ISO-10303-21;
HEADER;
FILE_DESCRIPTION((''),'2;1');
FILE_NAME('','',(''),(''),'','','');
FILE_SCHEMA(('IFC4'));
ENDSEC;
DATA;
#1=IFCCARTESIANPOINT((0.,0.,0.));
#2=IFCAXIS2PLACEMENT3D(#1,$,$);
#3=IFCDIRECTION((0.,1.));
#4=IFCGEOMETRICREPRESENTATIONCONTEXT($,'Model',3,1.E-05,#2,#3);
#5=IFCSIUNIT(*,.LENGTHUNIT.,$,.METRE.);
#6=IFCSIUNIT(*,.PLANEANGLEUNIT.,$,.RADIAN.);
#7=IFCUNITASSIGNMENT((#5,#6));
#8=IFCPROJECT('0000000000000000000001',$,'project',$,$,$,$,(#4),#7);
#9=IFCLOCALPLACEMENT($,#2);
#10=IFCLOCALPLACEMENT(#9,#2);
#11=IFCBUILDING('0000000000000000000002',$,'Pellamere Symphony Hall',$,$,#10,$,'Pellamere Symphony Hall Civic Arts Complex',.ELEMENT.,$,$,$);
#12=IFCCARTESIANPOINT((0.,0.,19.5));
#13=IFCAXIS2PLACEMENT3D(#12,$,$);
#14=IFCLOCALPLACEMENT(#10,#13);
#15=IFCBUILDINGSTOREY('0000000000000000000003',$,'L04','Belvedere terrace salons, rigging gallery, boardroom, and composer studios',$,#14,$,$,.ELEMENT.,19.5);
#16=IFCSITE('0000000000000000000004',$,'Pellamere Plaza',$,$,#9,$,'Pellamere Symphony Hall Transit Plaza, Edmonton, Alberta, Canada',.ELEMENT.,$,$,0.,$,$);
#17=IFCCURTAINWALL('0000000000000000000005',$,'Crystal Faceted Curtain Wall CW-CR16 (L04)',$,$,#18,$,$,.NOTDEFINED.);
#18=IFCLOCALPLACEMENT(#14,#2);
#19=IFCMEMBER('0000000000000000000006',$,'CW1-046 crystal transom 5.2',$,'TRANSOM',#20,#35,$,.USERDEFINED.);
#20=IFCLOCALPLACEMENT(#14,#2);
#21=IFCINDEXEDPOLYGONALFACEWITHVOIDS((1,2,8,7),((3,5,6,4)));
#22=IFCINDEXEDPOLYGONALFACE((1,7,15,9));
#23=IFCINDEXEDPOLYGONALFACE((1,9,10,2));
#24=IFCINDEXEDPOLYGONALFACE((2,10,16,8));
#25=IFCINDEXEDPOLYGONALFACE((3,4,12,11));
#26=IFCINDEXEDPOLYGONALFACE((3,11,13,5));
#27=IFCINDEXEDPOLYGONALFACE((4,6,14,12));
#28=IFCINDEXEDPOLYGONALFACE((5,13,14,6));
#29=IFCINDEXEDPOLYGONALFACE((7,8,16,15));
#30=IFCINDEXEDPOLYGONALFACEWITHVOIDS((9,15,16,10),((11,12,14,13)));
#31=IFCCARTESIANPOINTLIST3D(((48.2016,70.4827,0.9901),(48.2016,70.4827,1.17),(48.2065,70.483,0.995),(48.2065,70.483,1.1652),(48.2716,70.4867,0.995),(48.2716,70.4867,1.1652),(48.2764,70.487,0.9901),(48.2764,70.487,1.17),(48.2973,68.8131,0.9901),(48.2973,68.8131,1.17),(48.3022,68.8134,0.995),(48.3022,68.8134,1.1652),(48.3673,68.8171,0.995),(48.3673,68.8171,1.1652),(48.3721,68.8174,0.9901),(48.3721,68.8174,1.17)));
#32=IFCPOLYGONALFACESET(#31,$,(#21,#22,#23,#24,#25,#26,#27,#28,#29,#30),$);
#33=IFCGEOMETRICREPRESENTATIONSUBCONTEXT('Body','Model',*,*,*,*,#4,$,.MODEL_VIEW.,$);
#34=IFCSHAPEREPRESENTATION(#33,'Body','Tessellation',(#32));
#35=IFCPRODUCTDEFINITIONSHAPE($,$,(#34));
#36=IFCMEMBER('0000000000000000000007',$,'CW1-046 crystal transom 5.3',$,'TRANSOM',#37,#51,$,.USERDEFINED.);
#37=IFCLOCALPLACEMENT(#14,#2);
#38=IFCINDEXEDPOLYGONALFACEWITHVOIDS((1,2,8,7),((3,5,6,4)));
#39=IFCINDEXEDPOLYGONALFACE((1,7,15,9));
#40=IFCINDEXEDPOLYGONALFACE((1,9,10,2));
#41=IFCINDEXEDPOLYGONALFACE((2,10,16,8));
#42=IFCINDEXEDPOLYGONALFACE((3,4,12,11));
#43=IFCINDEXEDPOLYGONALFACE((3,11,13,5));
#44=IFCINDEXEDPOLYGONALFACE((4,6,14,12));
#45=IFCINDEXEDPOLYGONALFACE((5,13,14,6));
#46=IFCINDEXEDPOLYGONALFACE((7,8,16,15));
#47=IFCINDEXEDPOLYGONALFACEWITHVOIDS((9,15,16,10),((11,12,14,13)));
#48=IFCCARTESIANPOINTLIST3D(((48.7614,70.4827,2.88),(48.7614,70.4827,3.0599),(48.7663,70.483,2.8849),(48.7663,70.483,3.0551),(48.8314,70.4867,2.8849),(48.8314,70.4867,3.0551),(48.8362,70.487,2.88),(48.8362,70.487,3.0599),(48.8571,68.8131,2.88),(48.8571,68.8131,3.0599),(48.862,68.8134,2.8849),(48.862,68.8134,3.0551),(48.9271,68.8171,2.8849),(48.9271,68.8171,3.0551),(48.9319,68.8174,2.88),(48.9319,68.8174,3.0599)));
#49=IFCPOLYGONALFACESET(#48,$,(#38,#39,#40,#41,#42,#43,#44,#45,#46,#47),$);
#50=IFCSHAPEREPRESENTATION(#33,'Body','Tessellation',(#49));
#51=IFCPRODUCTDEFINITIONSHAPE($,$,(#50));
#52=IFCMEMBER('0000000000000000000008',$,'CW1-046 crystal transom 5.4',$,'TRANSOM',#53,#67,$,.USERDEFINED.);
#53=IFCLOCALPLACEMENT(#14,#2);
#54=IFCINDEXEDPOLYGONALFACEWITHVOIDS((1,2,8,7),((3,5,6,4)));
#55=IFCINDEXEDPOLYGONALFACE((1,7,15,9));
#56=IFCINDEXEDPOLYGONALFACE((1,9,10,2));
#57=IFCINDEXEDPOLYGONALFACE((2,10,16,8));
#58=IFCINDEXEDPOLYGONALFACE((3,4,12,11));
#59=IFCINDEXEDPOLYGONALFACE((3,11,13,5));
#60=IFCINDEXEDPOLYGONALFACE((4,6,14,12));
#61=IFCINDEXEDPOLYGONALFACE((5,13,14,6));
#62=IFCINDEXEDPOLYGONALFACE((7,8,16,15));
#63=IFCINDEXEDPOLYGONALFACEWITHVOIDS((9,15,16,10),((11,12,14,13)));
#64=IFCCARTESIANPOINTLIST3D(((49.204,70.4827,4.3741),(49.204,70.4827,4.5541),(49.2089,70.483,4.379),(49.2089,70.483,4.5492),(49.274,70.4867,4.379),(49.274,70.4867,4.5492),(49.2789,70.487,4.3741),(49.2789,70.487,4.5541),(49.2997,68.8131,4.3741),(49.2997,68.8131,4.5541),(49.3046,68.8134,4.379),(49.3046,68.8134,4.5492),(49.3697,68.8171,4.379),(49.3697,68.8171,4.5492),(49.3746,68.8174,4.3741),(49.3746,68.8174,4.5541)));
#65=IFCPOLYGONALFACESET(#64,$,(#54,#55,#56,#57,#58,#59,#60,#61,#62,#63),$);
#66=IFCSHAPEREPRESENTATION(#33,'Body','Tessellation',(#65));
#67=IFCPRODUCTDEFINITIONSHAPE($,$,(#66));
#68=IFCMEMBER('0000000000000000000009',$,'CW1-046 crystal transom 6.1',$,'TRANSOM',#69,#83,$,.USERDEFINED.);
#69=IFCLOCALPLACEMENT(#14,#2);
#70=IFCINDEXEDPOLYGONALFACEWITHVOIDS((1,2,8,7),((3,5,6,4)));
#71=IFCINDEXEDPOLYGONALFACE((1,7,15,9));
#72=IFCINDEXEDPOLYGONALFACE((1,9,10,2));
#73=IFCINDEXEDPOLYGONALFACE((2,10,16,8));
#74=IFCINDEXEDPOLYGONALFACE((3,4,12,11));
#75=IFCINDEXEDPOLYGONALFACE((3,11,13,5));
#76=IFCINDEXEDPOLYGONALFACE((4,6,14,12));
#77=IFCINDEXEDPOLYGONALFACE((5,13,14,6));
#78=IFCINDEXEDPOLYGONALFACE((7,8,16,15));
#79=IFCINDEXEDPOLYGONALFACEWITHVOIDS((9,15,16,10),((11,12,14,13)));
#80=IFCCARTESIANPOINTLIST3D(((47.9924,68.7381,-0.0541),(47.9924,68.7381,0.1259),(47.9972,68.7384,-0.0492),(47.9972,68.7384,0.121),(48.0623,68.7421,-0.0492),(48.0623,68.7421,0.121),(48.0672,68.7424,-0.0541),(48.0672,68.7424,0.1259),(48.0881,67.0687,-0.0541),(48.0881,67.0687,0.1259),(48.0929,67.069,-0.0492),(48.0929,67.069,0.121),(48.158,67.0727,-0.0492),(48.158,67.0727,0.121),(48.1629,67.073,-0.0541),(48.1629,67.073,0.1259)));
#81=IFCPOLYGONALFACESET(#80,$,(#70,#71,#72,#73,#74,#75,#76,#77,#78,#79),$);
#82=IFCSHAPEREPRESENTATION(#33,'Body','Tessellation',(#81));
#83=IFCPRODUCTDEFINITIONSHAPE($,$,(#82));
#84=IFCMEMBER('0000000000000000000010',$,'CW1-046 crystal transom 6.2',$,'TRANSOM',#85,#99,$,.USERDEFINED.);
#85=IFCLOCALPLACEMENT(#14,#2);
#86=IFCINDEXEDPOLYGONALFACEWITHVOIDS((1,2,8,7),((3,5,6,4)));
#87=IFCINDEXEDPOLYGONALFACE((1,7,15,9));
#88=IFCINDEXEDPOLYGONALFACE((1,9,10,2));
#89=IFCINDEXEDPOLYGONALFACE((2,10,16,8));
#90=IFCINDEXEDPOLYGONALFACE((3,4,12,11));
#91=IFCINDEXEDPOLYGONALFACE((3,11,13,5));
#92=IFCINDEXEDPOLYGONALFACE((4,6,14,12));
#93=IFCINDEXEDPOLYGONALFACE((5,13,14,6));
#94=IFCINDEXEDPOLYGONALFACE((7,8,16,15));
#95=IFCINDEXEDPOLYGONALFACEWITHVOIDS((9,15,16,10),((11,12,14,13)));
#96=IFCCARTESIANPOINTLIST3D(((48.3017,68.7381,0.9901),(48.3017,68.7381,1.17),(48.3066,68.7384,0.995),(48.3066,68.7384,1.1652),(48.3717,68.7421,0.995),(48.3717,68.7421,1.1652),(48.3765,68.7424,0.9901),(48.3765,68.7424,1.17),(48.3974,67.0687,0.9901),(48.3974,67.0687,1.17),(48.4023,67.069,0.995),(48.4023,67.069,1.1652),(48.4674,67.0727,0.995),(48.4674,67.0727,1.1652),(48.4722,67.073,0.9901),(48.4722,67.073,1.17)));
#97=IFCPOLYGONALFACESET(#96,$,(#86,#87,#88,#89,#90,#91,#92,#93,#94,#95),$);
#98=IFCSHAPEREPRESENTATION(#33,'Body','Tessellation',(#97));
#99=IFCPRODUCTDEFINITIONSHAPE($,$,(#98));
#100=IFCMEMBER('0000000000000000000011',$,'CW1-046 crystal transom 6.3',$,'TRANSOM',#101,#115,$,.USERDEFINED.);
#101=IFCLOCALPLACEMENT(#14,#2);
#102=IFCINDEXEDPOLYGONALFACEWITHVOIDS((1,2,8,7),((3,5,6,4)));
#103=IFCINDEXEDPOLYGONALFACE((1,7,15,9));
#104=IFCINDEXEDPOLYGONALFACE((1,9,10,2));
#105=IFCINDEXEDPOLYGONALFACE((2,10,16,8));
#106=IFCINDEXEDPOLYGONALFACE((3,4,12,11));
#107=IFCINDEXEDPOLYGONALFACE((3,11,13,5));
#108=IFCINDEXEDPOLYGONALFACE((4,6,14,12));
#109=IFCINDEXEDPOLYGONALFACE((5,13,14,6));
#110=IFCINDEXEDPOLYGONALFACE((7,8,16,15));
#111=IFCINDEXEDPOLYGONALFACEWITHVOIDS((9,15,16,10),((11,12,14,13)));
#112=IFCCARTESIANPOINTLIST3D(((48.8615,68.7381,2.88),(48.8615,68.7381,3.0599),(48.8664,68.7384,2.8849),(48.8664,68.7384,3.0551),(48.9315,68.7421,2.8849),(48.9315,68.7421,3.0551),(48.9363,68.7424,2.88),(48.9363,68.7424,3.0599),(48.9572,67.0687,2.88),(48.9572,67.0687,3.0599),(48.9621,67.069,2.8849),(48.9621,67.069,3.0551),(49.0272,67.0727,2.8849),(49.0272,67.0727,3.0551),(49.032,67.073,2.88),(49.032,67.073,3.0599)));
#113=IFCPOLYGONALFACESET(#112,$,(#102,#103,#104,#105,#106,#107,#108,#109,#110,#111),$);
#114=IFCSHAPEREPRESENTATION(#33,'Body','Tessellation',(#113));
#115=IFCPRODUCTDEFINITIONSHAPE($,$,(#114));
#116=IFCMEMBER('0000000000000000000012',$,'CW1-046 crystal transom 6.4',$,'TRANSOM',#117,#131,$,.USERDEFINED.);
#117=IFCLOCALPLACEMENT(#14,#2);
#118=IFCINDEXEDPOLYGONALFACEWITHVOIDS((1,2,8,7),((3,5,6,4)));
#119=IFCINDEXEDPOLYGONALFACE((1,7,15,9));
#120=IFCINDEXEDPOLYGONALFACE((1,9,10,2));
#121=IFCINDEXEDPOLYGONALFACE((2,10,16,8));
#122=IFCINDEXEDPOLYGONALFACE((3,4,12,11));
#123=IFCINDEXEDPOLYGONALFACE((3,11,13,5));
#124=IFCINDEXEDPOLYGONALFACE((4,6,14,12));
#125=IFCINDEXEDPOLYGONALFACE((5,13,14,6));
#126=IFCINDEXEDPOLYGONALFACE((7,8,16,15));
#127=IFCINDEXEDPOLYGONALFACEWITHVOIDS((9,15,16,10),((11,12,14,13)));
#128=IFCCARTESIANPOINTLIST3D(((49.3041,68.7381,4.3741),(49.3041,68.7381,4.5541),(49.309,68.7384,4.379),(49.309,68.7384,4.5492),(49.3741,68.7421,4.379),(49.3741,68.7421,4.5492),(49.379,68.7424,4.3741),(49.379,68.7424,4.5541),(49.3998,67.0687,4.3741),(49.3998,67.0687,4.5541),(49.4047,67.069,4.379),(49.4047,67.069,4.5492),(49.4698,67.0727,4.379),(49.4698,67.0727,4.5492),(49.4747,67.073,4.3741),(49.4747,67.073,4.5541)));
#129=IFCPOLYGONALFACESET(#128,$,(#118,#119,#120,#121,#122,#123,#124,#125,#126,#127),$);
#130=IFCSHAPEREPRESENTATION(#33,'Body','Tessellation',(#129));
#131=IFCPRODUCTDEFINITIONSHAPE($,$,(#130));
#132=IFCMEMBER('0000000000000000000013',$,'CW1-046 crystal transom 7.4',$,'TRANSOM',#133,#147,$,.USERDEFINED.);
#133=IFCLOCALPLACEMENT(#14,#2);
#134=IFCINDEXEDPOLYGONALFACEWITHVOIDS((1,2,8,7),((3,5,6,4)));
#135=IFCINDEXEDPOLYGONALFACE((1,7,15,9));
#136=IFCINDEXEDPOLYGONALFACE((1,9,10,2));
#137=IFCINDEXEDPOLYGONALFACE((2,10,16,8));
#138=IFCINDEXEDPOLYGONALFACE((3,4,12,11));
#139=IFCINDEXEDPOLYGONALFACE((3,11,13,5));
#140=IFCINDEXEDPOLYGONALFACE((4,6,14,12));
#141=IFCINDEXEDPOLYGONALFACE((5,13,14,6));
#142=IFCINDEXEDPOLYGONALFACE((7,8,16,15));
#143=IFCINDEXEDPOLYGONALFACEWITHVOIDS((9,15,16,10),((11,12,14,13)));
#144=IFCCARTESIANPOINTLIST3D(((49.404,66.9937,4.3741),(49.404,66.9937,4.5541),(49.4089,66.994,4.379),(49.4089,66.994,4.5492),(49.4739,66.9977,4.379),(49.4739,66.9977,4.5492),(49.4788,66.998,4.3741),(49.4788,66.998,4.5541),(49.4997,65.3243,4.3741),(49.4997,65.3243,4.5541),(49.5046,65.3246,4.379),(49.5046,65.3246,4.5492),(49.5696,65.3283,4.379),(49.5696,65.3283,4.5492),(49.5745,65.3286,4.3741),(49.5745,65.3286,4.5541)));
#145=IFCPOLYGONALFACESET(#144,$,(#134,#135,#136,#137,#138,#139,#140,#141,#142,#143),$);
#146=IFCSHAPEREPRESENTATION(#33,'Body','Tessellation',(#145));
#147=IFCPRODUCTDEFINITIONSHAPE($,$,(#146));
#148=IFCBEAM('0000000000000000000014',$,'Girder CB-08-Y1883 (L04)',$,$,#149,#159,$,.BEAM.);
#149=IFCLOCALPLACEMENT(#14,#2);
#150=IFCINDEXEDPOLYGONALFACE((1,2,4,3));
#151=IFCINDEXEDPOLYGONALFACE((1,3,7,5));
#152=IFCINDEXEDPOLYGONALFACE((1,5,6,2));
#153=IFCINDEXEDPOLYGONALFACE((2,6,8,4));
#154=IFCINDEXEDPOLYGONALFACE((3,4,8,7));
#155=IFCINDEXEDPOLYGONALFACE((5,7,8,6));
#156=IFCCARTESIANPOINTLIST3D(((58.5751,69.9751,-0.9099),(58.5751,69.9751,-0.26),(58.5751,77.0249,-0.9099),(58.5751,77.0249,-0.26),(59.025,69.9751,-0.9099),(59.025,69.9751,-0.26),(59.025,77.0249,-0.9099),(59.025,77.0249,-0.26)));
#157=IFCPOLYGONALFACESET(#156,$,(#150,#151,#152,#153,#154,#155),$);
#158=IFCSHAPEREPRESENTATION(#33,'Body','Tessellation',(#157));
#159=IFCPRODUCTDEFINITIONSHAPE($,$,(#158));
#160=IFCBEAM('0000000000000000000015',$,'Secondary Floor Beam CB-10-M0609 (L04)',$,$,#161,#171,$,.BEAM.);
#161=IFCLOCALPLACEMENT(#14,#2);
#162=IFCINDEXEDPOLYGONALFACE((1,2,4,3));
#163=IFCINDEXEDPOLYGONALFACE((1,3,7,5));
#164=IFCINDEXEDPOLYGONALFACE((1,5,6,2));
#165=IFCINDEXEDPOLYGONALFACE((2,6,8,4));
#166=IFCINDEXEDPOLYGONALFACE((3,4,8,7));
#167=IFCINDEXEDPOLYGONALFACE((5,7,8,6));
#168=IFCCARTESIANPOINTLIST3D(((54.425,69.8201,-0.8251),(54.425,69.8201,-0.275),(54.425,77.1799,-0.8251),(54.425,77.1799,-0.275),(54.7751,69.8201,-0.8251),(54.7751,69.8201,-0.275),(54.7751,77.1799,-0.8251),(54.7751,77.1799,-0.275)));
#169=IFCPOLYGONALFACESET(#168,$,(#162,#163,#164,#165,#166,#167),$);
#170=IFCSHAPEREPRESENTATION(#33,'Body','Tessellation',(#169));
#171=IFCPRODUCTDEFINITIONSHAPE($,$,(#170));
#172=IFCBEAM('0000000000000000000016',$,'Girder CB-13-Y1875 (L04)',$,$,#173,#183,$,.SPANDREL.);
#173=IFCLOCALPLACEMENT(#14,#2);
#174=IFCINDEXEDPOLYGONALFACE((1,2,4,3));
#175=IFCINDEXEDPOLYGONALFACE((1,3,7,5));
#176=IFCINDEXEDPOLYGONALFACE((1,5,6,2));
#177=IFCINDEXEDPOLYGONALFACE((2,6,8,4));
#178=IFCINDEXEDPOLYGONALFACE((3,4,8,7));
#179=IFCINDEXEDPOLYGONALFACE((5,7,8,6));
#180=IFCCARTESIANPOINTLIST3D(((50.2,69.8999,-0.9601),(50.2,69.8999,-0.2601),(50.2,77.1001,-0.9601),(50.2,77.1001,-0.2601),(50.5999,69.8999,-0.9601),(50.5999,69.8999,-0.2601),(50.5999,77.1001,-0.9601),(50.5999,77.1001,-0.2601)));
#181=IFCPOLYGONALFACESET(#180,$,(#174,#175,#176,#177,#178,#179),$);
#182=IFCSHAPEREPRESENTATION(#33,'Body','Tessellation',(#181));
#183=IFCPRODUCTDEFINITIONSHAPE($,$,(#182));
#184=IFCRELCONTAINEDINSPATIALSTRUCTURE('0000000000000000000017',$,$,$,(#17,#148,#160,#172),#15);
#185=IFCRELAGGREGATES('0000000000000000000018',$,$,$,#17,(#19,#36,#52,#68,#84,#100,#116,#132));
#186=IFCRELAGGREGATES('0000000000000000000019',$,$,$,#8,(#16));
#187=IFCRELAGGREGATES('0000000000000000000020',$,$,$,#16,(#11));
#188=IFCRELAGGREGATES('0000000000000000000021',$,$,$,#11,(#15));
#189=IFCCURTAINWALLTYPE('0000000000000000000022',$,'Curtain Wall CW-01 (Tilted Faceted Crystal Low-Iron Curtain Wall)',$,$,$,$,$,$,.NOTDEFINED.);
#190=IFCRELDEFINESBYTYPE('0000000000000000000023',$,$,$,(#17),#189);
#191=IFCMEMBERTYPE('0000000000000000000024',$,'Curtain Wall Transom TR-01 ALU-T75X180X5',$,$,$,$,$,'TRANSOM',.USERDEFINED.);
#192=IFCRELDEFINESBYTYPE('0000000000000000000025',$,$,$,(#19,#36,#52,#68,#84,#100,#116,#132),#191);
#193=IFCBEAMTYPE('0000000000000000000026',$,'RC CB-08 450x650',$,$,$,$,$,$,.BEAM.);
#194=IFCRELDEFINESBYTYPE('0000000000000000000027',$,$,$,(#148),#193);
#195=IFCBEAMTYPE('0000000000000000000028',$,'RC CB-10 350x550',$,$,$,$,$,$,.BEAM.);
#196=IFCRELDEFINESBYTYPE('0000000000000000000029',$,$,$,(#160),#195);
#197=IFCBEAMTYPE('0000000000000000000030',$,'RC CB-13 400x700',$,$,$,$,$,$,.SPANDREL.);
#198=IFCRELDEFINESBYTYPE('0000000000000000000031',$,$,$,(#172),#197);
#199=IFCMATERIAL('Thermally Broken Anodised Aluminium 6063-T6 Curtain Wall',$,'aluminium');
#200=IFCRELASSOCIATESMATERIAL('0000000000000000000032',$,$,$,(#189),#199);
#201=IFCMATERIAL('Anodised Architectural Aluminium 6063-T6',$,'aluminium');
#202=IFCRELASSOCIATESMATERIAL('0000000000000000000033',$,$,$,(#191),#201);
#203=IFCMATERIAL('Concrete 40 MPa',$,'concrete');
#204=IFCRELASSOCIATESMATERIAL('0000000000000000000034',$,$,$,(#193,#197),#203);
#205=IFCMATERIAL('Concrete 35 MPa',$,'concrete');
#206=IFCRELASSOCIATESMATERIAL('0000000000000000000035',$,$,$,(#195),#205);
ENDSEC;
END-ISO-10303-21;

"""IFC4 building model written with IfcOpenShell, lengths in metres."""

from ifc_helpers import new_model, si_unit, direction, frame, origin, origin_2d, place, context, subcontext, project, spatial, rectangle, hollow_rectangle, extrude, material, material_profile, profile_set, type_object, element, aggregate, save


model = new_model("IFC4")

# Units and contexts
model_context = context("Model", 3, precision=1e-05, world=origin(), true_north=direction((0.0, 1.0)))
body_context = subcontext(model_context, "Body", "Model", "MODEL_VIEW")
ifc_project = project(units=[si_unit("LENGTHUNIT", "METRE"), si_unit("PLANEANGLEUNIT", "RADIAN")], contexts=[model_context])

# Site, building, storey
site_placement = place(None, origin())
site = spatial("IfcSite", under=ifc_project, at=site_placement, Name="Pellamere Plaza", LongName="Pellamere Symphony Hall Transit Plaza, Edmonton, Alberta, Canada", CompositionType="ELEMENT", RefElevation=0.0)
building_placement = place(site_placement, origin())
building = spatial("IfcBuilding", under=site, at=building_placement, Name="Pellamere Symphony Hall", LongName="Pellamere Symphony Hall Civic Arts Complex", CompositionType="ELEMENT")
storey_placement = place(building_placement, frame((0.0, 0.0, 19.5)))
storey = spatial("IfcBuildingStorey", under=building, at=storey_placement, Name="L04", Description="Belvedere terrace salons, rigging gallery, boardroom, and composer studios", CompositionType="ELEMENT", Elevation=19.5)

# Shared definitions
ifc_material_1 = material(Name="Concrete 40 MPa", Category="concrete")
ifc_material_2 = material(Name="Concrete 35 MPa", Category="concrete")

# Curtain wall, members
ifc_material_3 = material(Name="Thermally Broken Anodised Aluminium 6063-T6 Curtain Wall", Category="aluminium")
curtain_wall_type = type_object("IfcCurtainWallType", Name="Curtain Wall CW-01 (Tilted Faceted Crystal Low-Iron Curtain Wall)", PredefinedType="NOTDEFINED", material=ifc_material_3)
curtain_wall_placement = place(storey_placement, origin())
curtain_wall = element("IfcCurtainWall", 1, at=curtain_wall_placement, inside=storey, type_object=curtain_wall_type, Name="Crystal Faceted Curtain Wall CW-CR16 (L04)", PredefinedType="NOTDEFINED")
ifc_material_4 = material(Name="Anodised Architectural Aluminium 6063-T6", Category="aluminium")
ifc_material_profile_1 = material_profile(ifc_material_4, hollow_rectangle(XDim=0.075, YDim=0.1799, WallThickness=0.0049, at=origin_2d()), Name="ALU-T75X180X5")
ifc_profile_set_1 = profile_set([ifc_material_profile_1], Name="Anodised Architectural Aluminium 6063-T6")
member_type_1 = type_object("IfcMemberType", Name="Curtain Wall Transom TR-01 ALU-T75X180X5", ElementType="TRANSOM", PredefinedType="USERDEFINED", material=ifc_profile_set_1)
member_1_placement = place(storey_placement, frame((48.239, 70.4849, 1.0801), z_axis=(0.057224, -0.998361, 0.0), x_axis=(0.998361, 0.057224, 0.0)))
member_1 = element("IfcMember", 2, at=member_1_placement, type_object=member_type_1, Name="CW1-046 crystal transom 5.2", ObjectType="TRANSOM", PredefinedType="USERDEFINED", context=body_context, shape_type="SweptSolid", body=[
    extrude(hollow_rectangle(XDim=0.075, YDim=0.1799, WallThickness=0.0049, at=origin_2d()), origin(), (0.0, 0.0, 1.0), 1.6724),
])
member_2_placement = place(storey_placement, frame((48.7988, 70.4849, 2.97), z_axis=(0.057224, -0.998361, 0.0), x_axis=(0.998361, 0.057224, 0.0)))
member_2 = element("IfcMember", 3, at=member_2_placement, type_object=member_type_1, Name="CW1-046 crystal transom 5.3", ObjectType="TRANSOM", PredefinedType="USERDEFINED", context=body_context, shape_type="SweptSolid", body=[
    extrude(hollow_rectangle(XDim=0.075, YDim=0.1799, WallThickness=0.0049, at=origin_2d()), origin(), (0.0, 0.0, 1.0), 1.6724),
])
member_3_placement = place(storey_placement, frame((49.2415, 70.4849, 4.4641), z_axis=(0.057224, -0.998361, 0.0), x_axis=(0.998361, 0.057224, 0.0)))
member_3 = element("IfcMember", 4, at=member_3_placement, type_object=member_type_1, Name="CW1-046 crystal transom 5.4", ObjectType="TRANSOM", PredefinedType="USERDEFINED", context=body_context, shape_type="SweptSolid", body=[
    extrude(hollow_rectangle(XDim=0.075, YDim=0.1799, WallThickness=0.0049, at=origin_2d()), origin(), (0.0, 0.0, 1.0), 1.6724),
])
member_4_placement = place(storey_placement, frame((48.0298, 68.7402, 0.0359), z_axis=(0.057233, -0.998361, 0.0), x_axis=(0.998361, 0.057233, 0.0)))
member_4 = element("IfcMember", 5, at=member_4_placement, type_object=member_type_1, Name="CW1-046 crystal transom 6.1", ObjectType="TRANSOM", PredefinedType="USERDEFINED", context=body_context, shape_type="SweptSolid", body=[
    extrude(hollow_rectangle(XDim=0.075, YDim=0.1799, WallThickness=0.0049, at=origin_2d()), origin(), (0.0, 0.0, 1.0), 1.6721),
])
member_5_placement = place(storey_placement, frame((48.3391, 68.7402, 1.0801), z_axis=(0.057233, -0.998361, 0.0), x_axis=(0.998361, 0.057233, 0.0)))
member_5 = element("IfcMember", 6, at=member_5_placement, type_object=member_type_1, Name="CW1-046 crystal transom 6.2", ObjectType="TRANSOM", PredefinedType="USERDEFINED", context=body_context, shape_type="SweptSolid", body=[
    extrude(hollow_rectangle(XDim=0.075, YDim=0.1799, WallThickness=0.0049, at=origin_2d()), origin(), (0.0, 0.0, 1.0), 1.6721),
])
member_6_placement = place(storey_placement, frame((48.8989, 68.7402, 2.97), z_axis=(0.057233, -0.998361, 0.0), x_axis=(0.998361, 0.057233, 0.0)))
member_6 = element("IfcMember", 7, at=member_6_placement, type_object=member_type_1, Name="CW1-046 crystal transom 6.3", ObjectType="TRANSOM", PredefinedType="USERDEFINED", context=body_context, shape_type="SweptSolid", body=[
    extrude(hollow_rectangle(XDim=0.075, YDim=0.1799, WallThickness=0.0049, at=origin_2d()), origin(), (0.0, 0.0, 1.0), 1.6721),
])
member_7_placement = place(storey_placement, frame((49.3416, 68.7402, 4.4641), z_axis=(0.057233, -0.998361, 0.0), x_axis=(0.998361, 0.057233, 0.0)))
member_7 = element("IfcMember", 8, at=member_7_placement, type_object=member_type_1, Name="CW1-046 crystal transom 6.4", ObjectType="TRANSOM", PredefinedType="USERDEFINED", context=body_context, shape_type="SweptSolid", body=[
    extrude(hollow_rectangle(XDim=0.075, YDim=0.1799, WallThickness=0.0049, at=origin_2d()), origin(), (0.0, 0.0, 1.0), 1.6721),
])
member_8_placement = place(storey_placement, frame((49.4414, 66.9958, 4.4641), z_axis=(0.057233, -0.998361, 0.0), x_axis=(0.998361, 0.057233, 0.0)))
member_8 = element("IfcMember", 9, at=member_8_placement, type_object=member_type_1, Name="CW1-046 crystal transom 7.4", ObjectType="TRANSOM", PredefinedType="USERDEFINED", context=body_context, shape_type="SweptSolid", body=[
    extrude(hollow_rectangle(XDim=0.075, YDim=0.1799, WallThickness=0.0049, at=origin_2d()), origin(), (0.0, 0.0, 1.0), 1.6721),
])

# Beams
ifc_material_profile_2 = material_profile(ifc_material_1, rectangle(XDim=0.45, YDim=0.6499, at=origin_2d()), Name="RC 450x650")
ifc_profile_set_2 = profile_set([ifc_material_profile_2], Name="Concrete 40 MPa")
beam_type_1 = type_object("IfcBeamType", Name="RC CB-08 450x650", PredefinedType="BEAM", material=ifc_profile_set_2)
beam_1_placement = place(storey_placement, frame((58.8, 69.9751, -0.585), z_axis=(0.0, 1.0, 0.0), x_axis=(-1.0, 0.0, 0.0)))
element("IfcBeam", 10, at=beam_1_placement, inside=storey, type_object=beam_type_1, Name="Girder CB-08-Y1883 (L04)", PredefinedType="BEAM", context=body_context, shape_type="SweptSolid", body=[
    extrude(rectangle(XDim=0.45, YDim=0.6499, at=origin_2d()), origin(), (0.0, 0.0, 1.0), 7.0498),
])
ifc_material_profile_3 = material_profile(ifc_material_2, rectangle(XDim=0.3501, YDim=0.55, at=origin_2d()), Name="RC 350x550")
ifc_profile_set_3 = profile_set([ifc_material_profile_3], Name="Concrete 35 MPa")
beam_type_2 = type_object("IfcBeamType", Name="RC CB-10 350x550", PredefinedType="BEAM", material=ifc_profile_set_3)
beam_2_placement = place(storey_placement, frame((54.6001, 69.8201, -0.55), z_axis=(0.0, 1.0, 0.0), x_axis=(-1.0, 0.0, 0.0)))
element("IfcBeam", 11, at=beam_2_placement, inside=storey, type_object=beam_type_2, Name="Secondary Floor Beam CB-10-M0609 (L04)", PredefinedType="BEAM", context=body_context, shape_type="SweptSolid", body=[
    extrude(rectangle(XDim=0.3501, YDim=0.55, at=origin_2d()), origin(), (0.0, 0.0, 1.0), 7.3599),
])
ifc_material_profile_4 = material_profile(ifc_material_1, rectangle(XDim=0.3999, YDim=0.7, at=origin_2d()), Name="RC 400x700")
ifc_profile_set_4 = profile_set([ifc_material_profile_4], Name="Concrete 40 MPa")
beam_type_3 = type_object("IfcBeamType", Name="RC CB-13 400x700", PredefinedType="SPANDREL", material=ifc_profile_set_4)
beam_3_placement = place(storey_placement, frame((50.3999, 69.8999, -0.6101), z_axis=(0.0, 1.0, 0.0), x_axis=(-1.0, 0.0, 0.0)))
element("IfcBeam", 12, at=beam_3_placement, inside=storey, type_object=beam_type_3, Name="Girder CB-13-Y1875 (L04)", PredefinedType="SPANDREL", context=body_context, shape_type="SweptSolid", body=[
    extrude(rectangle(XDim=0.3999, YDim=0.7, at=origin_2d()), origin(), (0.0, 0.0, 1.0), 7.2002),
])

aggregate(curtain_wall, [member_1, member_2, member_3, member_4, member_5, member_6, member_7, member_8])

save(model, "model.ifc")
